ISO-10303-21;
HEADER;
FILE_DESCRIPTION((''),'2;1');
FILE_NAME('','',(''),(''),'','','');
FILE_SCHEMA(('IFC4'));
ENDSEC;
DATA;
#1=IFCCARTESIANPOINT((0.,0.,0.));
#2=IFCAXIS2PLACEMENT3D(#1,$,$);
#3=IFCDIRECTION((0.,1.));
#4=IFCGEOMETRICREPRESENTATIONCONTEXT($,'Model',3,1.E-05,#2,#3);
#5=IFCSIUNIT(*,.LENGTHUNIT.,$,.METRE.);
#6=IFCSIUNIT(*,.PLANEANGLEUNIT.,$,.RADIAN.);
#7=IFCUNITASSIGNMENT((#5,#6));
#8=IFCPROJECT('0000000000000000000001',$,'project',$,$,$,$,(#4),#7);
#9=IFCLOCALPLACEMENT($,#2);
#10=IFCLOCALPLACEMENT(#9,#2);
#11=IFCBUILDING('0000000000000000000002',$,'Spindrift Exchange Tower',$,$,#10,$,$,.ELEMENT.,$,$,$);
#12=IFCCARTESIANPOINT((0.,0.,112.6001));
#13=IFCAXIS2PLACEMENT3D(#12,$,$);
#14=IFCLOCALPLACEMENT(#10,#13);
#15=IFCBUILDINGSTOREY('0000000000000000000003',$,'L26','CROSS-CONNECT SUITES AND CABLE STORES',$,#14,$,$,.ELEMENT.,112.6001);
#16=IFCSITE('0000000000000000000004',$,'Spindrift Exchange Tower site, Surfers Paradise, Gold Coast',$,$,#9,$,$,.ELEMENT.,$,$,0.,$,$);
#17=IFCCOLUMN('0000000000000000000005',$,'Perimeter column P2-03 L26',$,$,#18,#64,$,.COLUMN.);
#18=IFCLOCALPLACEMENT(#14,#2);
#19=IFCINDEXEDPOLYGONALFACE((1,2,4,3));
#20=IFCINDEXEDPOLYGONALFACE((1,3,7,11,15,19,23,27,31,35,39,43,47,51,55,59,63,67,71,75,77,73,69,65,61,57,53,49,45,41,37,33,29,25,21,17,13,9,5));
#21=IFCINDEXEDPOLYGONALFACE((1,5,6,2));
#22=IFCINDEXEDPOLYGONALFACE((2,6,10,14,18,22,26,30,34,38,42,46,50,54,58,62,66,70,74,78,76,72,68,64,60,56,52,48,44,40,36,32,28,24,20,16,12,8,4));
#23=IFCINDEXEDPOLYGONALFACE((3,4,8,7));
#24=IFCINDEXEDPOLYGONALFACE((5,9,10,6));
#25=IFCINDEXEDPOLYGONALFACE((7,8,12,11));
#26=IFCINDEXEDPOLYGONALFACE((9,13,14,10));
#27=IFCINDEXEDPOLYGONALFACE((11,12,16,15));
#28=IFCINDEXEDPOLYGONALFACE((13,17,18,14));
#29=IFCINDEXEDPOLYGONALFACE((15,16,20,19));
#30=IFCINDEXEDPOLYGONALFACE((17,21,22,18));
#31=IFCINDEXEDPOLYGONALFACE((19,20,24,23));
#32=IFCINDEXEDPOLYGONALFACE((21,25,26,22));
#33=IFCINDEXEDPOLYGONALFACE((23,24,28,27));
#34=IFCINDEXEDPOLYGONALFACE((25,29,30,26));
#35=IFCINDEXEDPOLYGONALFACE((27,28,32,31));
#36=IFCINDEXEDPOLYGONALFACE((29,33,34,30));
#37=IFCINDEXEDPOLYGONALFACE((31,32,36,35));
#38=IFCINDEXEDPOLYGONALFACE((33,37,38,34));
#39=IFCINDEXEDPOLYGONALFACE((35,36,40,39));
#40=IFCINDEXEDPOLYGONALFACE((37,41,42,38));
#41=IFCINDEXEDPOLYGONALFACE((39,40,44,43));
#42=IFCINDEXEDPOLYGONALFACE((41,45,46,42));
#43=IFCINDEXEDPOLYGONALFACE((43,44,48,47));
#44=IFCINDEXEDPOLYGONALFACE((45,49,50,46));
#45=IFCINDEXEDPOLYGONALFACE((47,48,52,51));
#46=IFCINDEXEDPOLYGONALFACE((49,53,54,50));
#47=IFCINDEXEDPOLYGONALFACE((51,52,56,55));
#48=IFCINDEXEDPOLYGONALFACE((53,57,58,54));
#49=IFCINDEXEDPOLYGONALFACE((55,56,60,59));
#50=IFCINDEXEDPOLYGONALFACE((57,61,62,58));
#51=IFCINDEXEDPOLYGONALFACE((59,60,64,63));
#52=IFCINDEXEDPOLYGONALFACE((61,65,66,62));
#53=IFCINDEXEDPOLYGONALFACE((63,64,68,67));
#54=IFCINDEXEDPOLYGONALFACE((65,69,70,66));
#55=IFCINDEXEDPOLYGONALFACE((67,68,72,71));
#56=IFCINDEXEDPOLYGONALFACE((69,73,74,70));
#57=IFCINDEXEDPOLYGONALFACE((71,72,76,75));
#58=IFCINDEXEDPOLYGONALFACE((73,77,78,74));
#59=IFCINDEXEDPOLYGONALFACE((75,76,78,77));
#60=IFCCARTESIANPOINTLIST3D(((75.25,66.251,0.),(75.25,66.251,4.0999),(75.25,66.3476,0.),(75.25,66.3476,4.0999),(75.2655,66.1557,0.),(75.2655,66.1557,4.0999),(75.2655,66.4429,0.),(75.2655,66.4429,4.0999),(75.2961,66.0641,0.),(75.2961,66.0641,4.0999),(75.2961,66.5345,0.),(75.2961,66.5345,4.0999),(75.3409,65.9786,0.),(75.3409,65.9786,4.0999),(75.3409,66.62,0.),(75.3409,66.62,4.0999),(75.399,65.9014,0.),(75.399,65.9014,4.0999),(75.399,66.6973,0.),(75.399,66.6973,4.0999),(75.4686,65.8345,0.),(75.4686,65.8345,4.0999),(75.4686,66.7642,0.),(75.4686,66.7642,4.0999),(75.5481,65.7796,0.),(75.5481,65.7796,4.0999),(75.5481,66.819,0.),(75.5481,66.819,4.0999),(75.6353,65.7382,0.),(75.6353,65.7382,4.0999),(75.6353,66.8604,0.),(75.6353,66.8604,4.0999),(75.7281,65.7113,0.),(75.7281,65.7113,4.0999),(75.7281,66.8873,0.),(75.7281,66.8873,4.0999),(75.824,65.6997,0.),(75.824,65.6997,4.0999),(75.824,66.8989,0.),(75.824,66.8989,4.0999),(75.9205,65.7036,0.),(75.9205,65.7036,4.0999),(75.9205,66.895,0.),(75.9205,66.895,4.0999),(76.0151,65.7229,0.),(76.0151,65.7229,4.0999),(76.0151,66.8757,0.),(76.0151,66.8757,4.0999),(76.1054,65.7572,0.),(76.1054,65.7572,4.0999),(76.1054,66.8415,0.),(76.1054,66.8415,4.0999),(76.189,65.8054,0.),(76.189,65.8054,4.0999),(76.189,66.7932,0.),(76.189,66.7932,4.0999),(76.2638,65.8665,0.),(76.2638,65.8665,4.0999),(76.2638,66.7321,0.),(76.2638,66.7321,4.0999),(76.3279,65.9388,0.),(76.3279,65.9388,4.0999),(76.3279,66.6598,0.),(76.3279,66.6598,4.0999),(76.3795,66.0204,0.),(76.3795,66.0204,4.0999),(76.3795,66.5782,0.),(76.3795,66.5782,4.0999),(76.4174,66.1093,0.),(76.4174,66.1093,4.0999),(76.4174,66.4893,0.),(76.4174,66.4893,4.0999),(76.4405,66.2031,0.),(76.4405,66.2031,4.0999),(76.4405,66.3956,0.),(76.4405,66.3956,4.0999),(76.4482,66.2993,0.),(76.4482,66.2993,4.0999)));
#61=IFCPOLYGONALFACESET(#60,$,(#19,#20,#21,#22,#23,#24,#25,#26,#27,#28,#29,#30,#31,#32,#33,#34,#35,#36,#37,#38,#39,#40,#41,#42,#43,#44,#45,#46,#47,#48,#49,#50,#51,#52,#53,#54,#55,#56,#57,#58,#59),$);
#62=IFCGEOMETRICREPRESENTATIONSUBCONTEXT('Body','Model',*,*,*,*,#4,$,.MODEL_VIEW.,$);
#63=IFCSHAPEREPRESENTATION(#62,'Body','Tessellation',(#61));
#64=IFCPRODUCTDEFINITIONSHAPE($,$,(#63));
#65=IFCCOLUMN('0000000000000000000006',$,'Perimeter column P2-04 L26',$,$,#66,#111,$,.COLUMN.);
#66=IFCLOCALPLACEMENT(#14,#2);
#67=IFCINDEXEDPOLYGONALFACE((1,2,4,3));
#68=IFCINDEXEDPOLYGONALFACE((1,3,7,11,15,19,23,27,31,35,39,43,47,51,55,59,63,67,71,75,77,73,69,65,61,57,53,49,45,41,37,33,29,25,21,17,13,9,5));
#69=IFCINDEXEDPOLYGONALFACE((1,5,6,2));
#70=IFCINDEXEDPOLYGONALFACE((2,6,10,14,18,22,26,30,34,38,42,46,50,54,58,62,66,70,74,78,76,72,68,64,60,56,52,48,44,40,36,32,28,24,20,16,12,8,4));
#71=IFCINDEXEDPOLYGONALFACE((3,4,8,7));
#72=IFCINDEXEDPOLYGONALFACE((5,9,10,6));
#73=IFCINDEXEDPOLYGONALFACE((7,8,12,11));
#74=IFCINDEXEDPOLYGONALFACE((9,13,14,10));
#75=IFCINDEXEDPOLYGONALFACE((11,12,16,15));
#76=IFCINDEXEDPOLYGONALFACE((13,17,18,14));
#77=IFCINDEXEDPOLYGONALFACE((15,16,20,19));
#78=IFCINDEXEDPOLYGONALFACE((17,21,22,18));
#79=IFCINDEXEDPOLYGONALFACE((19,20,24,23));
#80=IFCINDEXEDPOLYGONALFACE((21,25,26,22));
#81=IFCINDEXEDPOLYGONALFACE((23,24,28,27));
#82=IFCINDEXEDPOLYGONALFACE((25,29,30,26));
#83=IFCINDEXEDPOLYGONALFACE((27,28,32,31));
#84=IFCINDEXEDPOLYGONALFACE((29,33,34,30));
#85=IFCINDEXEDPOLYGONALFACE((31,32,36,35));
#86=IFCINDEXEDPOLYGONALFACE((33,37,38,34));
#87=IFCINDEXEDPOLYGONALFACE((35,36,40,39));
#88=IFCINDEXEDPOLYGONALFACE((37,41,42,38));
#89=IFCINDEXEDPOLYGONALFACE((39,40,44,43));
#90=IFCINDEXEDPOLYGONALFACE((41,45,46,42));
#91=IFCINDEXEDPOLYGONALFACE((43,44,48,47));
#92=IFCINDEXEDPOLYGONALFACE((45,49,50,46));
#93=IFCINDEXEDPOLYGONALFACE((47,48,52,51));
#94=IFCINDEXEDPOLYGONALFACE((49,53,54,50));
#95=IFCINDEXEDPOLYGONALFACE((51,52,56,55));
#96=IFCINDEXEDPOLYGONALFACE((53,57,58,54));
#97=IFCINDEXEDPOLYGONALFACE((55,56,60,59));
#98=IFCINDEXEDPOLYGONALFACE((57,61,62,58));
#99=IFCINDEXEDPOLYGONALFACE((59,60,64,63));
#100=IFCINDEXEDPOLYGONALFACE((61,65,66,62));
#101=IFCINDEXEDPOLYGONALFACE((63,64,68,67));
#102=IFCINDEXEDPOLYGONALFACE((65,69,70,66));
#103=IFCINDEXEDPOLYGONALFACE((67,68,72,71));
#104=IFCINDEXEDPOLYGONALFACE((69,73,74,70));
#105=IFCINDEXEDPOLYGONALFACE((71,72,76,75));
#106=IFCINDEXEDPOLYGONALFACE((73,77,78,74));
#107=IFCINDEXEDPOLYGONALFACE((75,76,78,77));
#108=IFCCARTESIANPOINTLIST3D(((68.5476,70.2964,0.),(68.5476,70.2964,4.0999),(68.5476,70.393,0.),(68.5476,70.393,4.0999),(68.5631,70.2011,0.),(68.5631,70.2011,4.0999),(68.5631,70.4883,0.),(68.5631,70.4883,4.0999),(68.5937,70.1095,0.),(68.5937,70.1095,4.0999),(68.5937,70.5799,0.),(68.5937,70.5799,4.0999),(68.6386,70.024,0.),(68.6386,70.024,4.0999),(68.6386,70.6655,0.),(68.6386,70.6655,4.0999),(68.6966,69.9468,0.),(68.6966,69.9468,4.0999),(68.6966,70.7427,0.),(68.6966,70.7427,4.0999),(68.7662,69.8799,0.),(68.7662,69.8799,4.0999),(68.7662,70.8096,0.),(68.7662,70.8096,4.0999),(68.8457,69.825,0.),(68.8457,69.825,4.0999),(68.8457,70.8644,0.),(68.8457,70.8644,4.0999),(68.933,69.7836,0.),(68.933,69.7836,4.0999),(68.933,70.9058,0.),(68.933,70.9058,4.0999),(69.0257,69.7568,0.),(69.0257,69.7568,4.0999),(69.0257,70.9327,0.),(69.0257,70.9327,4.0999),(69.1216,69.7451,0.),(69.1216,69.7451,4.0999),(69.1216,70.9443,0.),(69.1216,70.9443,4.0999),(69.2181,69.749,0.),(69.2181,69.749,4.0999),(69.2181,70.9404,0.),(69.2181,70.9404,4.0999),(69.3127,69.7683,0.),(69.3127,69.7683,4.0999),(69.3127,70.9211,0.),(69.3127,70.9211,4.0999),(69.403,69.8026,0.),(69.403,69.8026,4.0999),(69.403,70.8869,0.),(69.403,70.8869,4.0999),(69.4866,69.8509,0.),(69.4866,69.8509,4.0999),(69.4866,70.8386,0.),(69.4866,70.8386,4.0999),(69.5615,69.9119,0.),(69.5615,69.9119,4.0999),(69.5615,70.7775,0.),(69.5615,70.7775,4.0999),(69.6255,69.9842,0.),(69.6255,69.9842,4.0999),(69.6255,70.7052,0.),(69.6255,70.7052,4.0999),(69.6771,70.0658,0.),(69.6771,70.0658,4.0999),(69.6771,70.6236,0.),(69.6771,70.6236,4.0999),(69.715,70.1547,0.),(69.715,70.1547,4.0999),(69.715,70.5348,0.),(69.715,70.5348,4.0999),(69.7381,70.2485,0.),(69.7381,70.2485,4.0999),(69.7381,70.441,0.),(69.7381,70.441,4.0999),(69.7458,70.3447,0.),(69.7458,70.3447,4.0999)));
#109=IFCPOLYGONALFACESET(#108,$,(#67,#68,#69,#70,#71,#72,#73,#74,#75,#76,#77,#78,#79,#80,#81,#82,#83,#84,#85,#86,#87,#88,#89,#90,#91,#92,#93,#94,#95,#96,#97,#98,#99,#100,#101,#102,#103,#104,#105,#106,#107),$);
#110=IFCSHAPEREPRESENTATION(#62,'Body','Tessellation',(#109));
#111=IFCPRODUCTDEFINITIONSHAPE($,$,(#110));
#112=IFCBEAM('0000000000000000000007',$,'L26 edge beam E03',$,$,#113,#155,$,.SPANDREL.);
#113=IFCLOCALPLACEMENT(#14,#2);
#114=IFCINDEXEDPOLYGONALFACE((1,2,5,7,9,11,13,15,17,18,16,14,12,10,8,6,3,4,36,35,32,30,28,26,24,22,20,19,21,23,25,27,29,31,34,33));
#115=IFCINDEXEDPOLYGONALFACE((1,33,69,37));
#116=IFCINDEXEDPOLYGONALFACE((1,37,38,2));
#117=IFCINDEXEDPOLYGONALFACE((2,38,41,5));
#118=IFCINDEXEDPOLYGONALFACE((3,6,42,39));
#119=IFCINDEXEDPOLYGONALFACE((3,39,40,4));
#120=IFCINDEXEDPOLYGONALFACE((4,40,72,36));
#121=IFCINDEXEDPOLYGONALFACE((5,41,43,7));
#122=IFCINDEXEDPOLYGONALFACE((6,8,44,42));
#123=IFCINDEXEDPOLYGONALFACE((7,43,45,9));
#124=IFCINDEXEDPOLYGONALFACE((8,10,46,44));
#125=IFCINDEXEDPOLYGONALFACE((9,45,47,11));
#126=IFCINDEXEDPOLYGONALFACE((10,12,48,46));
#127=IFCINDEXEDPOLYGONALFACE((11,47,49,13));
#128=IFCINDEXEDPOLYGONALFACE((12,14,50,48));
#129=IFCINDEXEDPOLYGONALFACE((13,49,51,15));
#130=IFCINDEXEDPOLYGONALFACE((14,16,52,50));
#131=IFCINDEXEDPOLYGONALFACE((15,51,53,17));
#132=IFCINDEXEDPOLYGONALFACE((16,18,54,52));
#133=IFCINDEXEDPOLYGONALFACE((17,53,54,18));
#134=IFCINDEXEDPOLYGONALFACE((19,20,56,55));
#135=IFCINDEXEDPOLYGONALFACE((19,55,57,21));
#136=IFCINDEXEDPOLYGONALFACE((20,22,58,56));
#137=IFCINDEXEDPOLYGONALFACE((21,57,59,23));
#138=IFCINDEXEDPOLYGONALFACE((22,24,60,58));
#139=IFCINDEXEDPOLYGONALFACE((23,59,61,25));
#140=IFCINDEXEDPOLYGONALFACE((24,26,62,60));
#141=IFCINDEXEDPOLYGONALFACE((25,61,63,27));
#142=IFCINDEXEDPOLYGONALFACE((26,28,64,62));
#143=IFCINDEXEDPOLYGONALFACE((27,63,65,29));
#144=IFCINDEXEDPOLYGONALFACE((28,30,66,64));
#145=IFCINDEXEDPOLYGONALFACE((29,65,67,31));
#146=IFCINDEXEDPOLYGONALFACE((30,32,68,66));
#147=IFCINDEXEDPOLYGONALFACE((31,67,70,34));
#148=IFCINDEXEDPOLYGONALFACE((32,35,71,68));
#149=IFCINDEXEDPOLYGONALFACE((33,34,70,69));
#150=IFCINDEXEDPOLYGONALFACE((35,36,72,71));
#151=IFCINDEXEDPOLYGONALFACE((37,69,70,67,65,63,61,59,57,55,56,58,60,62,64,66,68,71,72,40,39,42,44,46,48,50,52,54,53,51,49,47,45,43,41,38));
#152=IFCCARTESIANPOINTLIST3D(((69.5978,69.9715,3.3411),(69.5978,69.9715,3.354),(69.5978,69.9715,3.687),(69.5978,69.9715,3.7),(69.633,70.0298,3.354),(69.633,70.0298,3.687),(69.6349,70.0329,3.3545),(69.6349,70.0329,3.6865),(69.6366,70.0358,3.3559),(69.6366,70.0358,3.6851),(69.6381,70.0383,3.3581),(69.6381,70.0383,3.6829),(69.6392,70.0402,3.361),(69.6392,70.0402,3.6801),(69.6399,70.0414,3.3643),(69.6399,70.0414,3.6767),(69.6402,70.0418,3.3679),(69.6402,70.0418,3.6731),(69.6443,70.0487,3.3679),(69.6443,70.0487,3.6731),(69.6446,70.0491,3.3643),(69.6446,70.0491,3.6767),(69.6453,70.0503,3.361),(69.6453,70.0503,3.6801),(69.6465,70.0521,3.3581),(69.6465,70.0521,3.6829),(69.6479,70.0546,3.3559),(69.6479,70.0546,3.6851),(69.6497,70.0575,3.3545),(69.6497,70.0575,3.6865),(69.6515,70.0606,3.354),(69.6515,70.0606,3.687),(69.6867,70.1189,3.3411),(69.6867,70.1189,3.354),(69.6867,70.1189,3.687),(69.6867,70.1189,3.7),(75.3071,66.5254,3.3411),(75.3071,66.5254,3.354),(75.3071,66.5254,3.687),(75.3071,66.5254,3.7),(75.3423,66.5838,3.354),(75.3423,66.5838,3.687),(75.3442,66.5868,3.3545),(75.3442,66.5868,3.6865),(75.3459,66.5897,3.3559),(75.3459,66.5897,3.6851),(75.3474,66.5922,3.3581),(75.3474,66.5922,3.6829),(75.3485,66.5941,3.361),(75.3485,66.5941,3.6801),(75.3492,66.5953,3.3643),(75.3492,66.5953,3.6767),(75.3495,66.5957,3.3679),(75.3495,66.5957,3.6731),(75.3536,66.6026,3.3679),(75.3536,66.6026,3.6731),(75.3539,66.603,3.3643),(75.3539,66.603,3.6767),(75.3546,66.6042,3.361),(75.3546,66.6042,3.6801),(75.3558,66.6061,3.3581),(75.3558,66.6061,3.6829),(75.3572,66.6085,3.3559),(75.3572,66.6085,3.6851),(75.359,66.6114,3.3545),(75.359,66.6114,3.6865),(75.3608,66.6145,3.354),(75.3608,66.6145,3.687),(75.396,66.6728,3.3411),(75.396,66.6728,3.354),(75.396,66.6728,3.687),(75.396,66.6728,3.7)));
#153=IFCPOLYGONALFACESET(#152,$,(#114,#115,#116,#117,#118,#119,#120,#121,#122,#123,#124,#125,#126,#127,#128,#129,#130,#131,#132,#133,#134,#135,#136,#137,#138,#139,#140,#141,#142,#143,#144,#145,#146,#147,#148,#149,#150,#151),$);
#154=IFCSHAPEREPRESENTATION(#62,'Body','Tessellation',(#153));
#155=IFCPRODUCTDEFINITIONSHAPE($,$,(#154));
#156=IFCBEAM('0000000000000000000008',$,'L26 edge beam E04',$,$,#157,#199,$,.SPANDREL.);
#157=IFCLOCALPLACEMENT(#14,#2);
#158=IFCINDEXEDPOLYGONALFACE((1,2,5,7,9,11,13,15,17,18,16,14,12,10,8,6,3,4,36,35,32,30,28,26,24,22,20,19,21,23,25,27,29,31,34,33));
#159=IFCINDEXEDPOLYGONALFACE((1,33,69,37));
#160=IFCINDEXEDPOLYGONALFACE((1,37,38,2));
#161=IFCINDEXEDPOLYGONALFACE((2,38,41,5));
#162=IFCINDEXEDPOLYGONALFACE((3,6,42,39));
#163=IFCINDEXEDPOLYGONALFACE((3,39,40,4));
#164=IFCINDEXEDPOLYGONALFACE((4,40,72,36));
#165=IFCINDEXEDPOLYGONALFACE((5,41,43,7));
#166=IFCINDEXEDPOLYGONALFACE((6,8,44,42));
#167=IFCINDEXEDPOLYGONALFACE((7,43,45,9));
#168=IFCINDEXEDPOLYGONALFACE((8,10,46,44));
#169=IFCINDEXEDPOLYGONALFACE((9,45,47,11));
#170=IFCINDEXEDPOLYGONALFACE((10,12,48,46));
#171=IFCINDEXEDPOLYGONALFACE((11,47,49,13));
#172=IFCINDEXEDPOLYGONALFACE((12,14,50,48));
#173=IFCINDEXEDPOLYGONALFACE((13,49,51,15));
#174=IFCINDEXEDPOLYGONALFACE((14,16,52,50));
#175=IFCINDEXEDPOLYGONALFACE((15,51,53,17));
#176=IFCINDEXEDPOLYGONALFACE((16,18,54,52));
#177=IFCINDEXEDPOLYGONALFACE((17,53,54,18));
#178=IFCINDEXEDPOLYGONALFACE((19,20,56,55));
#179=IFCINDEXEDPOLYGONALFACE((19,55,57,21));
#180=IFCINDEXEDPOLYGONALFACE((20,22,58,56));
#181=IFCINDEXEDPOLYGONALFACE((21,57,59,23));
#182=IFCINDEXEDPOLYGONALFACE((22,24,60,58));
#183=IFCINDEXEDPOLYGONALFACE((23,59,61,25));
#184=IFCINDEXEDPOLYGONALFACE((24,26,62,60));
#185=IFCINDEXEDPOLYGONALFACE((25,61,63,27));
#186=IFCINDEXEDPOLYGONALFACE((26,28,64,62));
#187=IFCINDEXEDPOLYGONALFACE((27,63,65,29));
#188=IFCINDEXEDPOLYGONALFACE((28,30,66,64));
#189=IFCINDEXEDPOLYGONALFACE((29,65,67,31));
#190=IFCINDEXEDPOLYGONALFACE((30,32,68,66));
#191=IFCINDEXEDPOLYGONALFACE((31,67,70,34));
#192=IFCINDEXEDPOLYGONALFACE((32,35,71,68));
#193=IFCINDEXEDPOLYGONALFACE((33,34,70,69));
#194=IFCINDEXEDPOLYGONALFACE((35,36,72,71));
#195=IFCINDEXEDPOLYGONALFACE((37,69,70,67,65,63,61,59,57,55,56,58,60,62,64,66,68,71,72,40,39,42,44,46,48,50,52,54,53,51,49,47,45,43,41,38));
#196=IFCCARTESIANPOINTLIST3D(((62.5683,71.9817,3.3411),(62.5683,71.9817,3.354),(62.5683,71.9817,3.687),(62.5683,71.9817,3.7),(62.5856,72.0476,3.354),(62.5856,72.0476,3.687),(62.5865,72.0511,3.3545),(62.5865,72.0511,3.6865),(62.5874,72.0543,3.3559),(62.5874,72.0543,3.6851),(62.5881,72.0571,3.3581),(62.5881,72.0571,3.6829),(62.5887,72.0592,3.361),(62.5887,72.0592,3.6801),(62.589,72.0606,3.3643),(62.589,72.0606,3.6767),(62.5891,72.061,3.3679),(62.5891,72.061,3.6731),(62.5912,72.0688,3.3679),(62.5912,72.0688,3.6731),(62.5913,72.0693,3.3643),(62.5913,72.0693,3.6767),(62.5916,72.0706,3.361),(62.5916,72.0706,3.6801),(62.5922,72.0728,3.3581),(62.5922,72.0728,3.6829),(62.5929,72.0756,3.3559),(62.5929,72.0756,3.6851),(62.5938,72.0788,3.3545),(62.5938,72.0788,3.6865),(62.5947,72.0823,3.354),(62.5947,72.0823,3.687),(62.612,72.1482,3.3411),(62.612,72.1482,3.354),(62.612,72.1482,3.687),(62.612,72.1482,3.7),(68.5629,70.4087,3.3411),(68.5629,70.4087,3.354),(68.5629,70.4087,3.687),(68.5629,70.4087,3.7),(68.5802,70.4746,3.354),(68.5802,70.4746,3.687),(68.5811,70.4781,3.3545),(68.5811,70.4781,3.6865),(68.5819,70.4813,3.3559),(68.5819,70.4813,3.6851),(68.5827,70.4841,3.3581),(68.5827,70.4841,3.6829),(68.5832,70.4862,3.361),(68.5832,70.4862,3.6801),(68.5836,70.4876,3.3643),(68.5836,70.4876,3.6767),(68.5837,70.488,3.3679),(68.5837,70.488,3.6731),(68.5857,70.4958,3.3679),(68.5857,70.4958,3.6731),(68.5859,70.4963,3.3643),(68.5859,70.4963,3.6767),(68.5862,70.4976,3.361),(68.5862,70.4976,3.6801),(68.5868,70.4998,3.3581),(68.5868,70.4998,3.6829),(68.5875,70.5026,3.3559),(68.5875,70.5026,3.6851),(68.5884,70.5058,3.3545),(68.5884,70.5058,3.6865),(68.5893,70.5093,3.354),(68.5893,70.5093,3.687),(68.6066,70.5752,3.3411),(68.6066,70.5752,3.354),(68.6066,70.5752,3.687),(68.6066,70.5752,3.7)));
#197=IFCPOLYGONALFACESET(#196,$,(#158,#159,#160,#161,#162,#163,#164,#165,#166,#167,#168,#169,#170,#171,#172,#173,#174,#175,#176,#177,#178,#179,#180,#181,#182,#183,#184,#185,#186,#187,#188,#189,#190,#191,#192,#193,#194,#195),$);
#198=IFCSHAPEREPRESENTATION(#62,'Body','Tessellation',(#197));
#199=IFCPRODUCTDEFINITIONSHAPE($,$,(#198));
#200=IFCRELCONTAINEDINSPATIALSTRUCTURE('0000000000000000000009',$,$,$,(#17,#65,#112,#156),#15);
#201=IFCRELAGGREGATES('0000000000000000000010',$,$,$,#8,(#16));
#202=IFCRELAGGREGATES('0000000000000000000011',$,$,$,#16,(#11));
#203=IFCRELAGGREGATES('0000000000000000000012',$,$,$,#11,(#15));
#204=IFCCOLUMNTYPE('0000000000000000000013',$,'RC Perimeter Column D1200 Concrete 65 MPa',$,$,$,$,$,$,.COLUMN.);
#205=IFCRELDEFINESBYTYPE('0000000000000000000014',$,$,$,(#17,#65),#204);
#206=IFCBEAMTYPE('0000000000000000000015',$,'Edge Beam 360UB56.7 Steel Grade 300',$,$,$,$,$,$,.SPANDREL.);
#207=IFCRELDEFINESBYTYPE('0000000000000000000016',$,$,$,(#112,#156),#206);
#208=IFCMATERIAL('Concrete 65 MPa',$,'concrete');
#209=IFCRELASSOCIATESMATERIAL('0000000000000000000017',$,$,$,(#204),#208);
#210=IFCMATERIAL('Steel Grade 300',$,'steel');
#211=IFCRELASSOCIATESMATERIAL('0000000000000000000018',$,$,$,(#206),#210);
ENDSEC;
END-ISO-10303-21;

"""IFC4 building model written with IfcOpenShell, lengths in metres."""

from ifc_helpers import new_model, si_unit, direction, frame, origin, origin_2d, place, context, subcontext, project, spatial, circle, i_section, extrude, source, transform, mapped, material, material_profile, profile_set, type_object, element, save


model = new_model("IFC4")

# Units and contexts
model_context = context("Model", 3, precision=1e-05, world=origin(), true_north=direction((0.0, 1.0)))
body_context = subcontext(model_context, "Body", "Model", "MODEL_VIEW")
ifc_project = project(units=[si_unit("LENGTHUNIT", "METRE"), si_unit("PLANEANGLEUNIT", "RADIAN")], contexts=[model_context])

# Site, building, storey
site_placement = place(None, origin())
site = spatial("IfcSite", under=ifc_project, at=site_placement, Name="Spindrift Exchange Tower site, Surfers Paradise, Gold Coast", CompositionType="ELEMENT", RefElevation=0.0)
building_placement = place(site_placement, origin())
building = spatial("IfcBuilding", under=site, at=building_placement, Name="Spindrift Exchange Tower", CompositionType="ELEMENT")
storey_placement = place(building_placement, frame((0.0, 0.0, 112.6001)))
storey = spatial("IfcBuildingStorey", under=building, at=storey_placement, Name="L26", Description="CROSS-CONNECT SUITES AND CABLE STORES", CompositionType="ELEMENT", Elevation=112.6001)

# Columns
ifc_material_1 = material(Name="Concrete 65 MPa", Category="concrete")
ifc_material_profile_1 = material_profile(ifc_material_1, circle(Radius=0.6001, at=origin_2d()), Name="RC D1200")
ifc_profile_set_1 = profile_set([ifc_material_profile_1], Name="Concrete 65 MPa")
column_type = type_object("IfcColumnType", Name="RC Perimeter Column D1200 Concrete 65 MPa", PredefinedType="COLUMN", material=ifc_profile_set_1)
shared_shape_1 = source(origin(), body_context, "Body", "SweptSolid", [
    extrude(circle(Radius=0.6001, at=origin_2d()), origin(), (0.0, 0.0, 1.0), 4.0999),
])
for number, where, z_axis, x_axis, name in (
    (1, (75.8481, 66.2993, 0.0), (0.0, 0.0, 1.0), (1.0, 0.0, 0.0), "Perimeter column P2-03 L26"),
    (2, (69.1458, 70.3447, 0.0), (0.0, 0.0, 1.0), (1.0, 0.0, 0.0), "Perimeter column P2-04 L26"),
):
    element("IfcColumn", number, at=place(storey_placement, frame(where, z_axis=z_axis, x_axis=x_axis)), inside=storey, type_object=column_type, Name=name, PredefinedType="COLUMN", context=body_context, shape_type="MappedRepresentation", body=[
        mapped(shared_shape_1, transform((0.0, 0.0, 0.0), scale=1.0)),
    ])

# Beams
ifc_material_2 = material(Name="Steel Grade 300", Category="steel")
ifc_material_profile_2 = material_profile(ifc_material_2, i_section(OverallWidth=0.1721, OverallDepth=0.3589, WebThickness=0.0081, FlangeThickness=0.0129, FilletRadius=0.0139, at=origin_2d()), Name="360UB56.7")
ifc_profile_set_2 = profile_set([ifc_material_profile_2], Name="Steel Grade 300")
beam_type_1 = type_object("IfcBeamType", Name="Edge Beam 360UB56.7 Steel Grade 300", PredefinedType="SPANDREL", material=ifc_profile_set_2)
shared_shape_2 = source(origin(), body_context, "Body", "SweptSolid", [
    extrude(i_section(OverallWidth=0.1721, OverallDepth=0.3589, WebThickness=0.0081, FlangeThickness=0.0129, FilletRadius=0.0139, at=origin_2d()), origin(), (0.0, 0.0, 1.0), 6.6687),
])
beam_1_placement = place(storey_placement, frame((75.3516, 66.5991, 3.5205), z_axis=(-0.856133, 0.516755, 0.0), x_axis=(-0.516755, -0.856133, 0.0)))
element("IfcBeam", 3, at=beam_1_placement, inside=storey, type_object=beam_type_1, Name="L26 edge beam E03", PredefinedType="SPANDREL", context=body_context, shape_type="MappedRepresentation", body=[
    mapped(shared_shape_2, transform((0.0, 0.0, 0.0), scale=1.0)),
])
shared_shape_3 = source(origin(), body_context, "Body", "SweptSolid", [
    extrude(i_section(OverallWidth=0.1721, OverallDepth=0.3589, WebThickness=0.0081, FlangeThickness=0.0129, FilletRadius=0.0139, at=origin_2d()), origin(), (0.0, 0.0, 1.0), 6.1975),
])
beam_2_placement = place(storey_placement, frame((68.5847, 70.4919, 3.5205), z_axis=(-0.967254, 0.253809, 0.0), x_axis=(-0.253809, -0.967254, 0.0)))
element("IfcBeam", 4, at=beam_2_placement, inside=storey, type_object=beam_type_1, Name="L26 edge beam E04", PredefinedType="SPANDREL", context=body_context, shape_type="MappedRepresentation", body=[
    mapped(shared_shape_3, transform((0.0, 0.0, 0.0), scale=1.0)),
])

save(model, "model.ifc")
